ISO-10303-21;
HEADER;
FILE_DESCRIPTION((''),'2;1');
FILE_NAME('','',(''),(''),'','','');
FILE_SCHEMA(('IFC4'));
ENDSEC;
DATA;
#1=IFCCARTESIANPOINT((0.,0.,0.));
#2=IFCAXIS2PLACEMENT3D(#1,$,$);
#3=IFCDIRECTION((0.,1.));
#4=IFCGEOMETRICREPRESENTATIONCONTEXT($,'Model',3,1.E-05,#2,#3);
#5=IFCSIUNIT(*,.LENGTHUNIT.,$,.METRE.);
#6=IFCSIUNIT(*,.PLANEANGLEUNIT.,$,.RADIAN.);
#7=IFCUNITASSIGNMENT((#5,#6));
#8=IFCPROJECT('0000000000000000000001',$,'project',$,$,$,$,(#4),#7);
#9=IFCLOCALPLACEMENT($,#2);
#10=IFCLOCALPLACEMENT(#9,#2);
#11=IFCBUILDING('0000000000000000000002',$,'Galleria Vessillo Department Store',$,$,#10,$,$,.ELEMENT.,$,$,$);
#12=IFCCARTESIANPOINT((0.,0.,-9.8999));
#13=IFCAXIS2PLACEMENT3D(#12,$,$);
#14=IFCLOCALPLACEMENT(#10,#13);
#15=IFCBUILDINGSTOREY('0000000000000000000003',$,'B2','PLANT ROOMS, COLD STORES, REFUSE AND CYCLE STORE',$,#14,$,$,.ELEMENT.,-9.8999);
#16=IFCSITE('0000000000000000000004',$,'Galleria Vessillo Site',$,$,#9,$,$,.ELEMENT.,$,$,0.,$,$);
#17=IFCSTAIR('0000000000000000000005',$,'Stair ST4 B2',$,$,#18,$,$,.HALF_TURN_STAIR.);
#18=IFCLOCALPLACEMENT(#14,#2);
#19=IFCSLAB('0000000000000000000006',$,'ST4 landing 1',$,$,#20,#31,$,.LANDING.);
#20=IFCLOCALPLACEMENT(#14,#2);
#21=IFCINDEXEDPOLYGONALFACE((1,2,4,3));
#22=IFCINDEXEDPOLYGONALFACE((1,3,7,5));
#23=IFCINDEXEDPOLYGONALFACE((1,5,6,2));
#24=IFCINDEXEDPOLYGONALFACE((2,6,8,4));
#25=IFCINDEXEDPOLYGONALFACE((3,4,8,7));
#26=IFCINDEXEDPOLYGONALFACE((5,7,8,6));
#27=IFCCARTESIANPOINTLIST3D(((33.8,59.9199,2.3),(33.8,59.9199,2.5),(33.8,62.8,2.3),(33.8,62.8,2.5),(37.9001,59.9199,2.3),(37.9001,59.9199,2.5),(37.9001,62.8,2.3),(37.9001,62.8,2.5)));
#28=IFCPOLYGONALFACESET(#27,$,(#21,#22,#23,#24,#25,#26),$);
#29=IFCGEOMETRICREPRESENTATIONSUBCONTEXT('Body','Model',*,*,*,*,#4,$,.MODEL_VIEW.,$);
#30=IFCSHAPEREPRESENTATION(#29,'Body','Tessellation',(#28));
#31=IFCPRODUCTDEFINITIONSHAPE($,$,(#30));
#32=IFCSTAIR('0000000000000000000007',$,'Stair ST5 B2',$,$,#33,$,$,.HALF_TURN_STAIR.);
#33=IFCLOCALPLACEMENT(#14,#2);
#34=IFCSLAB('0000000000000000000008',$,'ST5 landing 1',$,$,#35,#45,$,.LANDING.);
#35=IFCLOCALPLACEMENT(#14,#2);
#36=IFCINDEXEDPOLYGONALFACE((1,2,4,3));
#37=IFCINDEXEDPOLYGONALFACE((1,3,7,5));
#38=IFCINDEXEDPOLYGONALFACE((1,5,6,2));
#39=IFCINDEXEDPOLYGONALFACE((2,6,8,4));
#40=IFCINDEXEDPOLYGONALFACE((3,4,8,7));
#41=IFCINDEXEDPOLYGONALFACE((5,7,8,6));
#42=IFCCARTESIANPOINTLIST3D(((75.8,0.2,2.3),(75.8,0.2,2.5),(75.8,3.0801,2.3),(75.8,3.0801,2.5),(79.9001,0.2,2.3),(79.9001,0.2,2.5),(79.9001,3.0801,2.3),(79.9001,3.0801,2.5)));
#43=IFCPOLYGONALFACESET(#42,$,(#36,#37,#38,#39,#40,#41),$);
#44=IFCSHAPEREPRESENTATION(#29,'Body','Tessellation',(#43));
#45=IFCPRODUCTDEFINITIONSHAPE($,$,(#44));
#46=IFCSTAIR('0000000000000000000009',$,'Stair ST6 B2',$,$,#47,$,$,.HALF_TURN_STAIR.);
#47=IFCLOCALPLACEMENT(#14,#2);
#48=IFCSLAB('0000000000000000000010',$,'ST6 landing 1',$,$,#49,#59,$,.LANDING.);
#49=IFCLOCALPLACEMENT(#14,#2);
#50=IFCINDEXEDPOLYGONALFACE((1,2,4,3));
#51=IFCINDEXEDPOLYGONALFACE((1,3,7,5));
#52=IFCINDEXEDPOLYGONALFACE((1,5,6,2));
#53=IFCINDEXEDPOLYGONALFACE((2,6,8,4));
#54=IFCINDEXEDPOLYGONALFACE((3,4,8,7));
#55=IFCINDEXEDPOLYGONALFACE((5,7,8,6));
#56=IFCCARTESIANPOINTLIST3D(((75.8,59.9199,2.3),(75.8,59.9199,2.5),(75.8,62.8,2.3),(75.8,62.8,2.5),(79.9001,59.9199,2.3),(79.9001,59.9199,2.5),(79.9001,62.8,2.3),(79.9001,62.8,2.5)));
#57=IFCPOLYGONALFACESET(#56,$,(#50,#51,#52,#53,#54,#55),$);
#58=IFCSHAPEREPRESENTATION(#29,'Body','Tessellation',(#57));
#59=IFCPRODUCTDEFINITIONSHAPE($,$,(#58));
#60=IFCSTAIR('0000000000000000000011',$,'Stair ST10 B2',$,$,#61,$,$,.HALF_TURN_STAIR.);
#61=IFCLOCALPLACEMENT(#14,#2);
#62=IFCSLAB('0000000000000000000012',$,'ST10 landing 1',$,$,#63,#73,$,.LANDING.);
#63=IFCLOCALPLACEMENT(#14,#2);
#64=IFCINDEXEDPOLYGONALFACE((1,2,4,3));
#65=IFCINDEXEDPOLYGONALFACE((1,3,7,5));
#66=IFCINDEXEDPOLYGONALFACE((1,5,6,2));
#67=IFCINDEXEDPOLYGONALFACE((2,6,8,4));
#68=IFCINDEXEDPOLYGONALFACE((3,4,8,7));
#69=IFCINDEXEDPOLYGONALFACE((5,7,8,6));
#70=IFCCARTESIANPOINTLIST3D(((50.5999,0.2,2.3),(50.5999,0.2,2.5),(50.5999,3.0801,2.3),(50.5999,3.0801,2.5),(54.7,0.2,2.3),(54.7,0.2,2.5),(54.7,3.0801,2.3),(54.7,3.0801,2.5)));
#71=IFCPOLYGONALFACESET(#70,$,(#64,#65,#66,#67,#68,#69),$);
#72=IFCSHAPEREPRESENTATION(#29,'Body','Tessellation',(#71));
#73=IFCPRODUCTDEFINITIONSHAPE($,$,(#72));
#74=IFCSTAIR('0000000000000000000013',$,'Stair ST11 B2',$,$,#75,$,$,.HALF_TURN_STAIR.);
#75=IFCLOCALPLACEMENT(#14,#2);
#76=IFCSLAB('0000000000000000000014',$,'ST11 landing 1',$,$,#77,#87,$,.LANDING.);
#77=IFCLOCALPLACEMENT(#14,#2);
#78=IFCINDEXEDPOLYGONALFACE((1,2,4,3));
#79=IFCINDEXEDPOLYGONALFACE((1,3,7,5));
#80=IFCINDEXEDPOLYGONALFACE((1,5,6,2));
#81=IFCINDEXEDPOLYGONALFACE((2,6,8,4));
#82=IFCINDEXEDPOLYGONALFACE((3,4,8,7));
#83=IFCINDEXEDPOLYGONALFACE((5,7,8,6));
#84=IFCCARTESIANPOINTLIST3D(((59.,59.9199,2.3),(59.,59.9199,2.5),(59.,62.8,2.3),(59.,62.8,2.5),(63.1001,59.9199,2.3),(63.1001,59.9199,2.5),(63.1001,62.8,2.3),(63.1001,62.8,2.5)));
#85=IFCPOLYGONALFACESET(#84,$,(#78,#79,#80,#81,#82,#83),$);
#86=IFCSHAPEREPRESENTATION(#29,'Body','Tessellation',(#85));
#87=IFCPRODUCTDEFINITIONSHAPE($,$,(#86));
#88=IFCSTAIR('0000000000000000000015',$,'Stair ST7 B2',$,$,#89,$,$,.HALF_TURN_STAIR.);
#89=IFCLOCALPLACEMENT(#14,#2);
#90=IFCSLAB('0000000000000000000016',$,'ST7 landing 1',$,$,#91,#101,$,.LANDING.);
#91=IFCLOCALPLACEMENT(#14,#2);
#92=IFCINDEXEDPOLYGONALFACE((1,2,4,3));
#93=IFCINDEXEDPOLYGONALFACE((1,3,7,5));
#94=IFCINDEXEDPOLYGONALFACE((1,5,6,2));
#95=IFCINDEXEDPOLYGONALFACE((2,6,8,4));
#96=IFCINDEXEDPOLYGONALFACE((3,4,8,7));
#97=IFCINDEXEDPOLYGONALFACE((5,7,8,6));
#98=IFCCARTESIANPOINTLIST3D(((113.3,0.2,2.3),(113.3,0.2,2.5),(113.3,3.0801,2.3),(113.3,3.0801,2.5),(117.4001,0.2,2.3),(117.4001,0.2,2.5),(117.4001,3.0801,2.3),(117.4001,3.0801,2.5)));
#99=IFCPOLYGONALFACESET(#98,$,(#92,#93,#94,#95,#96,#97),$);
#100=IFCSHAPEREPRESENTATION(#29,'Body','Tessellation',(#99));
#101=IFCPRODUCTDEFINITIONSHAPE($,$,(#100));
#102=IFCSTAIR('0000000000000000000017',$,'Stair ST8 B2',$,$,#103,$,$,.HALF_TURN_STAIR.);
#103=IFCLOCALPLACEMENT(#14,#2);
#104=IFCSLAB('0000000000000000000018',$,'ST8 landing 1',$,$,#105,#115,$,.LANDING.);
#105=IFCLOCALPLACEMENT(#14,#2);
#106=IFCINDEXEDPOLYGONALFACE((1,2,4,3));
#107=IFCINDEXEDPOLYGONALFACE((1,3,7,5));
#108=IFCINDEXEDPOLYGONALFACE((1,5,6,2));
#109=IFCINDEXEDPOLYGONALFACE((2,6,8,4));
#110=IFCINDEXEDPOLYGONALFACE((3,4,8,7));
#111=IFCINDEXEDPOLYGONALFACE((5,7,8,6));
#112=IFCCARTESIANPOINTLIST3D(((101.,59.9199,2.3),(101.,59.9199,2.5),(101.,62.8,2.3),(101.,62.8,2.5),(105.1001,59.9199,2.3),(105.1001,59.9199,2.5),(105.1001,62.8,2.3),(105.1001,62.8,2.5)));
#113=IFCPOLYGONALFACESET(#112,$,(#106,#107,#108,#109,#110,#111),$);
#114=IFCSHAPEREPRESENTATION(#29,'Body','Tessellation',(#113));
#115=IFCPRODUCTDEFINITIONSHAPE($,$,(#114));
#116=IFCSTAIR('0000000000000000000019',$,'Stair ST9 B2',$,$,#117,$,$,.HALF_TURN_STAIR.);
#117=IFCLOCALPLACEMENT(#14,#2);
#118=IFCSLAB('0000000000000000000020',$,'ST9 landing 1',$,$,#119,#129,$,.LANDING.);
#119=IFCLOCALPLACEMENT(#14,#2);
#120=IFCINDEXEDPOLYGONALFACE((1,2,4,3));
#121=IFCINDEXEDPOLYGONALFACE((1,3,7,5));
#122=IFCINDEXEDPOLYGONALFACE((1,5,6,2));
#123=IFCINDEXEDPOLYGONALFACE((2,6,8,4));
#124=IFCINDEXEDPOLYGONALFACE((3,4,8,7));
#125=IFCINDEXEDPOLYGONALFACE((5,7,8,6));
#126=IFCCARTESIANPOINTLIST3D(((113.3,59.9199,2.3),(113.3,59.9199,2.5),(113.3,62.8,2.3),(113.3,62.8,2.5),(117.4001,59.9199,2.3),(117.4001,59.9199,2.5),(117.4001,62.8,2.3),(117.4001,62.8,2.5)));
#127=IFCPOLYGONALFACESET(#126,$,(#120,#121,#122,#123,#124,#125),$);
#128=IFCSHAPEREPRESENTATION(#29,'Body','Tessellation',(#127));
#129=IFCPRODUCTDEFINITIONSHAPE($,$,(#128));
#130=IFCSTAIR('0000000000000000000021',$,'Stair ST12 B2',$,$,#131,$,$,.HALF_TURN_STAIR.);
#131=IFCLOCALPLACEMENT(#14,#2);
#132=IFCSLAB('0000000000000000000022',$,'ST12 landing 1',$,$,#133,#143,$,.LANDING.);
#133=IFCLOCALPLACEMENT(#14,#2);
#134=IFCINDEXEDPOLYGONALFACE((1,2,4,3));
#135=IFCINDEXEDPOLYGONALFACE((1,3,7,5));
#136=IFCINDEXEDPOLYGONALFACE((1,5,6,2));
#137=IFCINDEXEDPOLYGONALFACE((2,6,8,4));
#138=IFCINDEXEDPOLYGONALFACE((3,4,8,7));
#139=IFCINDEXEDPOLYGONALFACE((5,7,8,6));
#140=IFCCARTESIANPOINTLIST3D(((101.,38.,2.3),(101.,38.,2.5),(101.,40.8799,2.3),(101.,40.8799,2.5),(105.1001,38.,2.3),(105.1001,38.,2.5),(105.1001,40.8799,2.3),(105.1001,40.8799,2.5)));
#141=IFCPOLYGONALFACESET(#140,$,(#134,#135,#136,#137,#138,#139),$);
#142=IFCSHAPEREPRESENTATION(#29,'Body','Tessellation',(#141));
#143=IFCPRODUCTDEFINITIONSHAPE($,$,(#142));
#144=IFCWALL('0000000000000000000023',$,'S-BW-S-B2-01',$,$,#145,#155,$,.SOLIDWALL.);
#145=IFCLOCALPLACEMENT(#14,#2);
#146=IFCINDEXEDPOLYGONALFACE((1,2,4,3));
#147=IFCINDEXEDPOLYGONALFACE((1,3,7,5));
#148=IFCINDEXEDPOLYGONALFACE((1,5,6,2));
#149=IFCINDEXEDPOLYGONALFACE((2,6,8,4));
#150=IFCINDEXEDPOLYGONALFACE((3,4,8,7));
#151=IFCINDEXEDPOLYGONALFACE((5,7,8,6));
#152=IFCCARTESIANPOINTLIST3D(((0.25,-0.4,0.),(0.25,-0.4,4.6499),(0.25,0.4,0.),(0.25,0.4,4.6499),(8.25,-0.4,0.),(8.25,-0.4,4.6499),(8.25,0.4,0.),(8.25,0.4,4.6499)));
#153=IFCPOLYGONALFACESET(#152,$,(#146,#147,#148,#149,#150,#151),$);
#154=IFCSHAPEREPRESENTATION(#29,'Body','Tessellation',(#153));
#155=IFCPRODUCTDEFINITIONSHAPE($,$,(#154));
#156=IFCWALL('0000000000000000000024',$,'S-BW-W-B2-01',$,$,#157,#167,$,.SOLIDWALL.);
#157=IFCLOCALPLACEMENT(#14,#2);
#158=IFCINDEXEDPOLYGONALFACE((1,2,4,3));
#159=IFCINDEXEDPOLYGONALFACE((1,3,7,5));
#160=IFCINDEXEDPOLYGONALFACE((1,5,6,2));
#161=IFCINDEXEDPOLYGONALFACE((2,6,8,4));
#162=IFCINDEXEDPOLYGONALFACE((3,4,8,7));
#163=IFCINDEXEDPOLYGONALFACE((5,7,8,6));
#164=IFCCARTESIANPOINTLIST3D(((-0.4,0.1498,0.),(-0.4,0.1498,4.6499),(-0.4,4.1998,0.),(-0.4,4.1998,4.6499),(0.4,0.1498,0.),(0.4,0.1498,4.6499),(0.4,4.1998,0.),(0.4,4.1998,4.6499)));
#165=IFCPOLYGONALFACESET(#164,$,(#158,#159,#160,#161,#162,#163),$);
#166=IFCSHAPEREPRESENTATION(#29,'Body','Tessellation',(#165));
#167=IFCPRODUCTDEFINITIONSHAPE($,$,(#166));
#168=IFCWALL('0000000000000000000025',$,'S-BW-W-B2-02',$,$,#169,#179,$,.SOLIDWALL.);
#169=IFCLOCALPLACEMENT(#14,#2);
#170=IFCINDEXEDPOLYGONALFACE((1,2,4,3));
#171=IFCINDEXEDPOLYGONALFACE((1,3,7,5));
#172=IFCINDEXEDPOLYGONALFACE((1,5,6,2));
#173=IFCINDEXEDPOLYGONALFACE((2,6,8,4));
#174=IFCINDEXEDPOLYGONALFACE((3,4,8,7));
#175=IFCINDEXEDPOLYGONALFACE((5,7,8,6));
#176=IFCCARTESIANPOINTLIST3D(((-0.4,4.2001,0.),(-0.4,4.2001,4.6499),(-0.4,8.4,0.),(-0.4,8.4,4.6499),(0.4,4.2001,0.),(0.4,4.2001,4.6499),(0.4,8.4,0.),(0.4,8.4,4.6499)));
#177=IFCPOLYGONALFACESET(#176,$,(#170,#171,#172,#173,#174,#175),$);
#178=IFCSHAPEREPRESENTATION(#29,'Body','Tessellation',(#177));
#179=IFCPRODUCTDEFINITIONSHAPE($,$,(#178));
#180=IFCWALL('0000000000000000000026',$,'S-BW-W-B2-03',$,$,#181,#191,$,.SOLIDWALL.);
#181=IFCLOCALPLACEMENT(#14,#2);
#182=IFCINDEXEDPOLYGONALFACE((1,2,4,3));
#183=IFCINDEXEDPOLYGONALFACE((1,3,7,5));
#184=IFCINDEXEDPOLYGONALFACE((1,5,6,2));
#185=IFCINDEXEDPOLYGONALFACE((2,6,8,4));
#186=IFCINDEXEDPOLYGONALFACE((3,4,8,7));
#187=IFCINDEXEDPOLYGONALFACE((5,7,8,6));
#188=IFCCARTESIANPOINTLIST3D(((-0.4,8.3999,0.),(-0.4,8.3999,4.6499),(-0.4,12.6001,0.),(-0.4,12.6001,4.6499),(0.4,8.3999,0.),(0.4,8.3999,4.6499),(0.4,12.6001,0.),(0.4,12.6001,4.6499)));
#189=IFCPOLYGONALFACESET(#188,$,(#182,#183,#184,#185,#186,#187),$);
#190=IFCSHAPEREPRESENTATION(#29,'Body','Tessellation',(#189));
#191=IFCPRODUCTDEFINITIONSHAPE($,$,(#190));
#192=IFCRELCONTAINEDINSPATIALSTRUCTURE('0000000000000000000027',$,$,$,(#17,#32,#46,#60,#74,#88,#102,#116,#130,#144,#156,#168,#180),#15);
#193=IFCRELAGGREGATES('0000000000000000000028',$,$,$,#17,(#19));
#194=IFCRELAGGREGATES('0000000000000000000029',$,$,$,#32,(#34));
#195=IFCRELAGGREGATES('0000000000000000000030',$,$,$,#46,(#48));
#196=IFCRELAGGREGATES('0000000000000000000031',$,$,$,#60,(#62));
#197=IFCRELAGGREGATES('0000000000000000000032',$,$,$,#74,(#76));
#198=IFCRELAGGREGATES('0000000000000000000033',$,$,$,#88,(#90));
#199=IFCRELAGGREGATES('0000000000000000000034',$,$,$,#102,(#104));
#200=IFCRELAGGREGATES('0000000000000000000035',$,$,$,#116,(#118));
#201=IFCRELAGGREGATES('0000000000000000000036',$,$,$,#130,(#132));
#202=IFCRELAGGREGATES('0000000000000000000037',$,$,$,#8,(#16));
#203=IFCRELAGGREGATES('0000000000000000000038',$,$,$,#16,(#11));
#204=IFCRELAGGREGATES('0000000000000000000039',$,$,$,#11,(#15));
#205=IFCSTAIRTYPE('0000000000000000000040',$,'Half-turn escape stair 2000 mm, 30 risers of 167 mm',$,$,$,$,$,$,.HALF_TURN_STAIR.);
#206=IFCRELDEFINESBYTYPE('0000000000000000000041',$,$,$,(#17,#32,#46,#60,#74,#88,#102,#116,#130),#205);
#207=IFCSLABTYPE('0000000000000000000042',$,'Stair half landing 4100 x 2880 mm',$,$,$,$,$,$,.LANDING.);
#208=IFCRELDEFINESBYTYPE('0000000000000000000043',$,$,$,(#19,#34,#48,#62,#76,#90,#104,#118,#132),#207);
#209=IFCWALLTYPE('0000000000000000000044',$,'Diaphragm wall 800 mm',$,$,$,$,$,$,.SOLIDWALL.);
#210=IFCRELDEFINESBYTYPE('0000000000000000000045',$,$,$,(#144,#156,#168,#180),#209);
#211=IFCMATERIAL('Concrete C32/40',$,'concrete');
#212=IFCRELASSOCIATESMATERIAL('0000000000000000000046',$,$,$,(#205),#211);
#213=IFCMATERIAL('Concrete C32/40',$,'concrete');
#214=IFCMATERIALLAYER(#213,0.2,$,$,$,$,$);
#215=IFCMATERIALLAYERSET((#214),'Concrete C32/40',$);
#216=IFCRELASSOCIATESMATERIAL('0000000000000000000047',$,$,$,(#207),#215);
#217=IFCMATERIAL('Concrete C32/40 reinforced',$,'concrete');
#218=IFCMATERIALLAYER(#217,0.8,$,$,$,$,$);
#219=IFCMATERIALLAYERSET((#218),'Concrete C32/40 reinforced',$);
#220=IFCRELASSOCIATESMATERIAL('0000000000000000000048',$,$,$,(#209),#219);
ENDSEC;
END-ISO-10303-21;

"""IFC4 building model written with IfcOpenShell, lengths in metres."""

from ifc_helpers import new_model, si_unit, direction, frame, frame_2d, origin, place, context, subcontext, project, spatial, polyline, rectangle, outline, extrude, material, layer, layer_set, type_object, element, aggregate, save


model = new_model("IFC4")

# Units and contexts
model_context = context("Model", 3, precision=1e-05, world=origin(), true_north=direction((0.0, 1.0)))
body_context = subcontext(model_context, "Body", "Model", "MODEL_VIEW")
ifc_project = project(units=[si_unit("LENGTHUNIT", "METRE"), si_unit("PLANEANGLEUNIT", "RADIAN")], contexts=[model_context])

# Site, building, storey
site_placement = place(None, origin())
site = spatial("IfcSite", under=ifc_project, at=site_placement, Name="Galleria Vessillo Site", CompositionType="ELEMENT", RefElevation=0.0)
building_placement = place(site_placement, origin())
building = spatial("IfcBuilding", under=site, at=building_placement, Name="Galleria Vessillo Department Store", CompositionType="ELEMENT")
storey_placement = place(building_placement, frame((0.0, 0.0, -9.8999)))
storey = spatial("IfcBuildingStorey", under=building, at=storey_placement, Name="B2", Description="PLANT ROOMS, COLD STORES, REFUSE AND CYCLE STORE", CompositionType="ELEMENT", Elevation=-9.8999)

# Stairs, slabs
ifc_material_1 = material(Name="Concrete C32/40", Category="concrete")
stair_type = type_object("IfcStairType", Name="Half-turn escape stair 2000 mm, 30 risers of 167 mm", PredefinedType="HALF_TURN_STAIR", material=ifc_material_1)
ifc_material_2 = material(Name="Concrete C32/40", Category="concrete")
ifc_layer_1 = layer(ifc_material_2, 0.2)
ifc_layer_set_1 = layer_set([ifc_layer_1], Name="Concrete C32/40")
slab_type_1 = type_object("IfcSlabType", Name="Stair half landing 4100 x 2880 mm", PredefinedType="LANDING", material=ifc_layer_set_1)
stair_1_placement = place(storey_placement, origin())
stair_1 = element("IfcStair", 1, at=stair_1_placement, inside=storey, type_object=stair_type, Name="Stair ST4 B2", PredefinedType="HALF_TURN_STAIR")
slab_1_placement = place(storey_placement, frame((0.0, 0.0, 2.3)))
slab_1 = element("IfcSlab", 2, at=slab_1_placement, type_object=slab_type_1, Name="ST4 landing 1", PredefinedType="LANDING", context=body_context, shape_type="SweptSolid", body=[
    extrude(outline(polyline([(33.8, 59.9199), (33.8, 62.8), (37.9001, 62.8), (37.9001, 59.9199), (33.8, 59.9199)])), origin(), (0.0, 0.0, 1.0), 0.2),
])
aggregate(stair_1, [slab_1])
stair_2_placement = place(storey_placement, origin())
stair_2 = element("IfcStair", 3, at=stair_2_placement, inside=storey, type_object=stair_type, Name="Stair ST5 B2", PredefinedType="HALF_TURN_STAIR")
slab_2_placement = place(storey_placement, frame((0.0, 0.0, 2.3)))
slab_2 = element("IfcSlab", 4, at=slab_2_placement, type_object=slab_type_1, Name="ST5 landing 1", PredefinedType="LANDING", context=body_context, shape_type="SweptSolid", body=[
    extrude(outline(polyline([(75.8, 0.2), (75.8, 3.0801), (79.9001, 3.0801), (79.9001, 0.2), (75.8, 0.2)])), origin(), (0.0, 0.0, 1.0), 0.2),
])
aggregate(stair_2, [slab_2])
stair_3_placement = place(storey_placement, origin())
stair_3 = element("IfcStair", 5, at=stair_3_placement, inside=storey, type_object=stair_type, Name="Stair ST6 B2", PredefinedType="HALF_TURN_STAIR")
slab_3_placement = place(storey_placement, frame((0.0, 0.0, 2.3)))
slab_3 = element("IfcSlab", 6, at=slab_3_placement, type_object=slab_type_1, Name="ST6 landing 1", PredefinedType="LANDING", context=body_context, shape_type="SweptSolid", body=[
    extrude(outline(polyline([(75.8, 59.9199), (75.8, 62.8), (79.9001, 62.8), (79.9001, 59.9199), (75.8, 59.9199)])), origin(), (0.0, 0.0, 1.0), 0.2),
])
aggregate(stair_3, [slab_3])
stair_4_placement = place(storey_placement, origin())
stair_4 = element("IfcStair", 7, at=stair_4_placement, inside=storey, type_object=stair_type, Name="Stair ST10 B2", PredefinedType="HALF_TURN_STAIR")
slab_4_placement = place(storey_placement, frame((0.0, 0.0, 2.3)))
slab_4 = element("IfcSlab", 8, at=slab_4_placement, type_object=slab_type_1, Name="ST10 landing 1", PredefinedType="LANDING", context=body_context, shape_type="SweptSolid", body=[
    extrude(outline(polyline([(50.5999, 0.2), (50.5999, 3.0801), (54.7, 3.0801), (54.7, 0.2), (50.5999, 0.2)])), origin(), (0.0, 0.0, 1.0), 0.2),
])
aggregate(stair_4, [slab_4])
stair_5_placement = place(storey_placement, origin())
stair_5 = element("IfcStair", 9, at=stair_5_placement, inside=storey, type_object=stair_type, Name="Stair ST11 B2", PredefinedType="HALF_TURN_STAIR")
slab_5_placement = place(storey_placement, frame((0.0, 0.0, 2.3)))
slab_5 = element("IfcSlab", 10, at=slab_5_placement, type_object=slab_type_1, Name="ST11 landing 1", PredefinedType="LANDING", context=body_context, shape_type="SweptSolid", body=[
    extrude(outline(polyline([(59.0, 59.9199), (59.0, 62.8), (63.1001, 62.8), (63.1001, 59.9199), (59.0, 59.9199)])), origin(), (0.0, 0.0, 1.0), 0.2),
])
aggregate(stair_5, [slab_5])
stair_6_placement = place(storey_placement, origin())
stair_6 = element("IfcStair", 11, at=stair_6_placement, inside=storey, type_object=stair_type, Name="Stair ST7 B2", PredefinedType="HALF_TURN_STAIR")
slab_6_placement = place(storey_placement, frame((0.0, 0.0, 2.3)))
slab_6 = element("IfcSlab", 12, at=slab_6_placement, type_object=slab_type_1, Name="ST7 landing 1", PredefinedType="LANDING", context=body_context, shape_type="SweptSolid", body=[
    extrude(outline(polyline([(113.3, 0.2), (113.3, 3.0801), (117.4001, 3.0801), (117.4001, 0.2), (113.3, 0.2)])), origin(), (0.0, 0.0, 1.0), 0.2),
])
aggregate(stair_6, [slab_6])
stair_7_placement = place(storey_placement, origin())
stair_7 = element("IfcStair", 13, at=stair_7_placement, inside=storey, type_object=stair_type, Name="Stair ST8 B2", PredefinedType="HALF_TURN_STAIR")
slab_7_placement = place(storey_placement, frame((0.0, 0.0, 2.3)))
slab_7 = element("IfcSlab", 14, at=slab_7_placement, type_object=slab_type_1, Name="ST8 landing 1", PredefinedType="LANDING", context=body_context, shape_type="SweptSolid", body=[
    extrude(outline(polyline([(101.0, 59.9199), (101.0, 62.8), (105.1001, 62.8), (105.1001, 59.9199), (101.0, 59.9199)])), origin(), (0.0, 0.0, 1.0), 0.2),
])
aggregate(stair_7, [slab_7])
stair_8_placement = place(storey_placement, origin())
stair_8 = element("IfcStair", 15, at=stair_8_placement, inside=storey, type_object=stair_type, Name="Stair ST9 B2", PredefinedType="HALF_TURN_STAIR")
slab_8_placement = place(storey_placement, frame((0.0, 0.0, 2.3)))
slab_8 = element("IfcSlab", 16, at=slab_8_placement, type_object=slab_type_1, Name="ST9 landing 1", PredefinedType="LANDING", context=body_context, shape_type="SweptSolid", body=[
    extrude(outline(polyline([(113.3, 59.9199), (113.3, 62.8), (117.4001, 62.8), (117.4001, 59.9199), (113.3, 59.9199)])), origin(), (0.0, 0.0, 1.0), 0.2),
])
aggregate(stair_8, [slab_8])
stair_9_placement = place(storey_placement, origin())
stair_9 = element("IfcStair", 17, at=stair_9_placement, inside=storey, type_object=stair_type, Name="Stair ST12 B2", PredefinedType="HALF_TURN_STAIR")
slab_9_placement = place(storey_placement, frame((0.0, 0.0, 2.3)))
slab_9 = element("IfcSlab", 18, at=slab_9_placement, type_object=slab_type_1, Name="ST12 landing 1", PredefinedType="LANDING", context=body_context, shape_type="SweptSolid", body=[
    extrude(outline(polyline([(101.0, 38.0), (101.0, 40.8799), (105.1001, 40.8799), (105.1001, 38.0), (101.0, 38.0)])), origin(), (0.0, 0.0, 1.0), 0.2),
])
aggregate(stair_9, [slab_9])

# Walls
ifc_material_3 = material(Name="Concrete C32/40 reinforced", Category="concrete")
ifc_layer_2 = layer(ifc_material_3, 0.8)
ifc_layer_set_2 = layer_set([ifc_layer_2], Name="Concrete C32/40 reinforced")
wall_type = type_object("IfcWallType", Name="Diaphragm wall 800 mm", PredefinedType="SOLIDWALL", material=ifc_layer_set_2)
wall_1_placement = place(storey_placement, frame((0.25, 0.0, 0.0), z_axis=(0.0, 0.0, 1.0), x_axis=(1.0, 0.0, 0.0)))
element("IfcWall", 19, at=wall_1_placement, inside=storey, type_object=wall_type, Name="S-BW-S-B2-01", PredefinedType="SOLIDWALL", context=body_context, shape_type="SweptSolid", body=[
    extrude(rectangle(XDim=8.0, YDim=0.8, at=frame_2d((4.0, 0.0))), origin(), (0.0, 0.0, 1.0), 4.6499),
])
wall_2_placement = place(storey_placement, frame((0.0, 0.1499, 0.0), z_axis=(0.0, 0.0, 1.0), x_axis=(0.0, 1.0, 0.0)))
element("IfcWall", 20, at=wall_2_placement, inside=storey, type_object=wall_type, Name="S-BW-W-B2-01", PredefinedType="SOLIDWALL", context=body_context, shape_type="SweptSolid", body=[
    extrude(rectangle(XDim=4.05, YDim=0.8, at=frame_2d((2.0249, 0.0))), origin(), (0.0, 0.0, 1.0), 4.6499),
])
wall_3_placement = place(storey_placement, frame((0.0, 4.2, 0.0), z_axis=(0.0, 0.0, 1.0), x_axis=(0.0, 1.0, 0.0)))
element("IfcWall", 21, at=wall_3_placement, inside=storey, type_object=wall_type, Name="S-BW-W-B2-02", PredefinedType="SOLIDWALL", context=body_context, shape_type="SweptSolid", body=[
    extrude(rectangle(XDim=4.2, YDim=0.8, at=frame_2d((2.1001, 0.0))), origin(), (0.0, 0.0, 1.0), 4.6499),
])
wall_4_placement = place(storey_placement, frame((0.0, 8.3999, 0.0), z_axis=(0.0, 0.0, 1.0), x_axis=(0.0, 1.0, 0.0)))
element("IfcWall", 22, at=wall_4_placement, inside=storey, type_object=wall_type, Name="S-BW-W-B2-03", PredefinedType="SOLIDWALL", context=body_context, shape_type="SweptSolid", body=[
    extrude(rectangle(XDim=4.2002, YDim=0.8, at=frame_2d((2.1001, 0.0))), origin(), (0.0, 0.0, 1.0), 4.6499),
])

save(model, "model.ifc")
